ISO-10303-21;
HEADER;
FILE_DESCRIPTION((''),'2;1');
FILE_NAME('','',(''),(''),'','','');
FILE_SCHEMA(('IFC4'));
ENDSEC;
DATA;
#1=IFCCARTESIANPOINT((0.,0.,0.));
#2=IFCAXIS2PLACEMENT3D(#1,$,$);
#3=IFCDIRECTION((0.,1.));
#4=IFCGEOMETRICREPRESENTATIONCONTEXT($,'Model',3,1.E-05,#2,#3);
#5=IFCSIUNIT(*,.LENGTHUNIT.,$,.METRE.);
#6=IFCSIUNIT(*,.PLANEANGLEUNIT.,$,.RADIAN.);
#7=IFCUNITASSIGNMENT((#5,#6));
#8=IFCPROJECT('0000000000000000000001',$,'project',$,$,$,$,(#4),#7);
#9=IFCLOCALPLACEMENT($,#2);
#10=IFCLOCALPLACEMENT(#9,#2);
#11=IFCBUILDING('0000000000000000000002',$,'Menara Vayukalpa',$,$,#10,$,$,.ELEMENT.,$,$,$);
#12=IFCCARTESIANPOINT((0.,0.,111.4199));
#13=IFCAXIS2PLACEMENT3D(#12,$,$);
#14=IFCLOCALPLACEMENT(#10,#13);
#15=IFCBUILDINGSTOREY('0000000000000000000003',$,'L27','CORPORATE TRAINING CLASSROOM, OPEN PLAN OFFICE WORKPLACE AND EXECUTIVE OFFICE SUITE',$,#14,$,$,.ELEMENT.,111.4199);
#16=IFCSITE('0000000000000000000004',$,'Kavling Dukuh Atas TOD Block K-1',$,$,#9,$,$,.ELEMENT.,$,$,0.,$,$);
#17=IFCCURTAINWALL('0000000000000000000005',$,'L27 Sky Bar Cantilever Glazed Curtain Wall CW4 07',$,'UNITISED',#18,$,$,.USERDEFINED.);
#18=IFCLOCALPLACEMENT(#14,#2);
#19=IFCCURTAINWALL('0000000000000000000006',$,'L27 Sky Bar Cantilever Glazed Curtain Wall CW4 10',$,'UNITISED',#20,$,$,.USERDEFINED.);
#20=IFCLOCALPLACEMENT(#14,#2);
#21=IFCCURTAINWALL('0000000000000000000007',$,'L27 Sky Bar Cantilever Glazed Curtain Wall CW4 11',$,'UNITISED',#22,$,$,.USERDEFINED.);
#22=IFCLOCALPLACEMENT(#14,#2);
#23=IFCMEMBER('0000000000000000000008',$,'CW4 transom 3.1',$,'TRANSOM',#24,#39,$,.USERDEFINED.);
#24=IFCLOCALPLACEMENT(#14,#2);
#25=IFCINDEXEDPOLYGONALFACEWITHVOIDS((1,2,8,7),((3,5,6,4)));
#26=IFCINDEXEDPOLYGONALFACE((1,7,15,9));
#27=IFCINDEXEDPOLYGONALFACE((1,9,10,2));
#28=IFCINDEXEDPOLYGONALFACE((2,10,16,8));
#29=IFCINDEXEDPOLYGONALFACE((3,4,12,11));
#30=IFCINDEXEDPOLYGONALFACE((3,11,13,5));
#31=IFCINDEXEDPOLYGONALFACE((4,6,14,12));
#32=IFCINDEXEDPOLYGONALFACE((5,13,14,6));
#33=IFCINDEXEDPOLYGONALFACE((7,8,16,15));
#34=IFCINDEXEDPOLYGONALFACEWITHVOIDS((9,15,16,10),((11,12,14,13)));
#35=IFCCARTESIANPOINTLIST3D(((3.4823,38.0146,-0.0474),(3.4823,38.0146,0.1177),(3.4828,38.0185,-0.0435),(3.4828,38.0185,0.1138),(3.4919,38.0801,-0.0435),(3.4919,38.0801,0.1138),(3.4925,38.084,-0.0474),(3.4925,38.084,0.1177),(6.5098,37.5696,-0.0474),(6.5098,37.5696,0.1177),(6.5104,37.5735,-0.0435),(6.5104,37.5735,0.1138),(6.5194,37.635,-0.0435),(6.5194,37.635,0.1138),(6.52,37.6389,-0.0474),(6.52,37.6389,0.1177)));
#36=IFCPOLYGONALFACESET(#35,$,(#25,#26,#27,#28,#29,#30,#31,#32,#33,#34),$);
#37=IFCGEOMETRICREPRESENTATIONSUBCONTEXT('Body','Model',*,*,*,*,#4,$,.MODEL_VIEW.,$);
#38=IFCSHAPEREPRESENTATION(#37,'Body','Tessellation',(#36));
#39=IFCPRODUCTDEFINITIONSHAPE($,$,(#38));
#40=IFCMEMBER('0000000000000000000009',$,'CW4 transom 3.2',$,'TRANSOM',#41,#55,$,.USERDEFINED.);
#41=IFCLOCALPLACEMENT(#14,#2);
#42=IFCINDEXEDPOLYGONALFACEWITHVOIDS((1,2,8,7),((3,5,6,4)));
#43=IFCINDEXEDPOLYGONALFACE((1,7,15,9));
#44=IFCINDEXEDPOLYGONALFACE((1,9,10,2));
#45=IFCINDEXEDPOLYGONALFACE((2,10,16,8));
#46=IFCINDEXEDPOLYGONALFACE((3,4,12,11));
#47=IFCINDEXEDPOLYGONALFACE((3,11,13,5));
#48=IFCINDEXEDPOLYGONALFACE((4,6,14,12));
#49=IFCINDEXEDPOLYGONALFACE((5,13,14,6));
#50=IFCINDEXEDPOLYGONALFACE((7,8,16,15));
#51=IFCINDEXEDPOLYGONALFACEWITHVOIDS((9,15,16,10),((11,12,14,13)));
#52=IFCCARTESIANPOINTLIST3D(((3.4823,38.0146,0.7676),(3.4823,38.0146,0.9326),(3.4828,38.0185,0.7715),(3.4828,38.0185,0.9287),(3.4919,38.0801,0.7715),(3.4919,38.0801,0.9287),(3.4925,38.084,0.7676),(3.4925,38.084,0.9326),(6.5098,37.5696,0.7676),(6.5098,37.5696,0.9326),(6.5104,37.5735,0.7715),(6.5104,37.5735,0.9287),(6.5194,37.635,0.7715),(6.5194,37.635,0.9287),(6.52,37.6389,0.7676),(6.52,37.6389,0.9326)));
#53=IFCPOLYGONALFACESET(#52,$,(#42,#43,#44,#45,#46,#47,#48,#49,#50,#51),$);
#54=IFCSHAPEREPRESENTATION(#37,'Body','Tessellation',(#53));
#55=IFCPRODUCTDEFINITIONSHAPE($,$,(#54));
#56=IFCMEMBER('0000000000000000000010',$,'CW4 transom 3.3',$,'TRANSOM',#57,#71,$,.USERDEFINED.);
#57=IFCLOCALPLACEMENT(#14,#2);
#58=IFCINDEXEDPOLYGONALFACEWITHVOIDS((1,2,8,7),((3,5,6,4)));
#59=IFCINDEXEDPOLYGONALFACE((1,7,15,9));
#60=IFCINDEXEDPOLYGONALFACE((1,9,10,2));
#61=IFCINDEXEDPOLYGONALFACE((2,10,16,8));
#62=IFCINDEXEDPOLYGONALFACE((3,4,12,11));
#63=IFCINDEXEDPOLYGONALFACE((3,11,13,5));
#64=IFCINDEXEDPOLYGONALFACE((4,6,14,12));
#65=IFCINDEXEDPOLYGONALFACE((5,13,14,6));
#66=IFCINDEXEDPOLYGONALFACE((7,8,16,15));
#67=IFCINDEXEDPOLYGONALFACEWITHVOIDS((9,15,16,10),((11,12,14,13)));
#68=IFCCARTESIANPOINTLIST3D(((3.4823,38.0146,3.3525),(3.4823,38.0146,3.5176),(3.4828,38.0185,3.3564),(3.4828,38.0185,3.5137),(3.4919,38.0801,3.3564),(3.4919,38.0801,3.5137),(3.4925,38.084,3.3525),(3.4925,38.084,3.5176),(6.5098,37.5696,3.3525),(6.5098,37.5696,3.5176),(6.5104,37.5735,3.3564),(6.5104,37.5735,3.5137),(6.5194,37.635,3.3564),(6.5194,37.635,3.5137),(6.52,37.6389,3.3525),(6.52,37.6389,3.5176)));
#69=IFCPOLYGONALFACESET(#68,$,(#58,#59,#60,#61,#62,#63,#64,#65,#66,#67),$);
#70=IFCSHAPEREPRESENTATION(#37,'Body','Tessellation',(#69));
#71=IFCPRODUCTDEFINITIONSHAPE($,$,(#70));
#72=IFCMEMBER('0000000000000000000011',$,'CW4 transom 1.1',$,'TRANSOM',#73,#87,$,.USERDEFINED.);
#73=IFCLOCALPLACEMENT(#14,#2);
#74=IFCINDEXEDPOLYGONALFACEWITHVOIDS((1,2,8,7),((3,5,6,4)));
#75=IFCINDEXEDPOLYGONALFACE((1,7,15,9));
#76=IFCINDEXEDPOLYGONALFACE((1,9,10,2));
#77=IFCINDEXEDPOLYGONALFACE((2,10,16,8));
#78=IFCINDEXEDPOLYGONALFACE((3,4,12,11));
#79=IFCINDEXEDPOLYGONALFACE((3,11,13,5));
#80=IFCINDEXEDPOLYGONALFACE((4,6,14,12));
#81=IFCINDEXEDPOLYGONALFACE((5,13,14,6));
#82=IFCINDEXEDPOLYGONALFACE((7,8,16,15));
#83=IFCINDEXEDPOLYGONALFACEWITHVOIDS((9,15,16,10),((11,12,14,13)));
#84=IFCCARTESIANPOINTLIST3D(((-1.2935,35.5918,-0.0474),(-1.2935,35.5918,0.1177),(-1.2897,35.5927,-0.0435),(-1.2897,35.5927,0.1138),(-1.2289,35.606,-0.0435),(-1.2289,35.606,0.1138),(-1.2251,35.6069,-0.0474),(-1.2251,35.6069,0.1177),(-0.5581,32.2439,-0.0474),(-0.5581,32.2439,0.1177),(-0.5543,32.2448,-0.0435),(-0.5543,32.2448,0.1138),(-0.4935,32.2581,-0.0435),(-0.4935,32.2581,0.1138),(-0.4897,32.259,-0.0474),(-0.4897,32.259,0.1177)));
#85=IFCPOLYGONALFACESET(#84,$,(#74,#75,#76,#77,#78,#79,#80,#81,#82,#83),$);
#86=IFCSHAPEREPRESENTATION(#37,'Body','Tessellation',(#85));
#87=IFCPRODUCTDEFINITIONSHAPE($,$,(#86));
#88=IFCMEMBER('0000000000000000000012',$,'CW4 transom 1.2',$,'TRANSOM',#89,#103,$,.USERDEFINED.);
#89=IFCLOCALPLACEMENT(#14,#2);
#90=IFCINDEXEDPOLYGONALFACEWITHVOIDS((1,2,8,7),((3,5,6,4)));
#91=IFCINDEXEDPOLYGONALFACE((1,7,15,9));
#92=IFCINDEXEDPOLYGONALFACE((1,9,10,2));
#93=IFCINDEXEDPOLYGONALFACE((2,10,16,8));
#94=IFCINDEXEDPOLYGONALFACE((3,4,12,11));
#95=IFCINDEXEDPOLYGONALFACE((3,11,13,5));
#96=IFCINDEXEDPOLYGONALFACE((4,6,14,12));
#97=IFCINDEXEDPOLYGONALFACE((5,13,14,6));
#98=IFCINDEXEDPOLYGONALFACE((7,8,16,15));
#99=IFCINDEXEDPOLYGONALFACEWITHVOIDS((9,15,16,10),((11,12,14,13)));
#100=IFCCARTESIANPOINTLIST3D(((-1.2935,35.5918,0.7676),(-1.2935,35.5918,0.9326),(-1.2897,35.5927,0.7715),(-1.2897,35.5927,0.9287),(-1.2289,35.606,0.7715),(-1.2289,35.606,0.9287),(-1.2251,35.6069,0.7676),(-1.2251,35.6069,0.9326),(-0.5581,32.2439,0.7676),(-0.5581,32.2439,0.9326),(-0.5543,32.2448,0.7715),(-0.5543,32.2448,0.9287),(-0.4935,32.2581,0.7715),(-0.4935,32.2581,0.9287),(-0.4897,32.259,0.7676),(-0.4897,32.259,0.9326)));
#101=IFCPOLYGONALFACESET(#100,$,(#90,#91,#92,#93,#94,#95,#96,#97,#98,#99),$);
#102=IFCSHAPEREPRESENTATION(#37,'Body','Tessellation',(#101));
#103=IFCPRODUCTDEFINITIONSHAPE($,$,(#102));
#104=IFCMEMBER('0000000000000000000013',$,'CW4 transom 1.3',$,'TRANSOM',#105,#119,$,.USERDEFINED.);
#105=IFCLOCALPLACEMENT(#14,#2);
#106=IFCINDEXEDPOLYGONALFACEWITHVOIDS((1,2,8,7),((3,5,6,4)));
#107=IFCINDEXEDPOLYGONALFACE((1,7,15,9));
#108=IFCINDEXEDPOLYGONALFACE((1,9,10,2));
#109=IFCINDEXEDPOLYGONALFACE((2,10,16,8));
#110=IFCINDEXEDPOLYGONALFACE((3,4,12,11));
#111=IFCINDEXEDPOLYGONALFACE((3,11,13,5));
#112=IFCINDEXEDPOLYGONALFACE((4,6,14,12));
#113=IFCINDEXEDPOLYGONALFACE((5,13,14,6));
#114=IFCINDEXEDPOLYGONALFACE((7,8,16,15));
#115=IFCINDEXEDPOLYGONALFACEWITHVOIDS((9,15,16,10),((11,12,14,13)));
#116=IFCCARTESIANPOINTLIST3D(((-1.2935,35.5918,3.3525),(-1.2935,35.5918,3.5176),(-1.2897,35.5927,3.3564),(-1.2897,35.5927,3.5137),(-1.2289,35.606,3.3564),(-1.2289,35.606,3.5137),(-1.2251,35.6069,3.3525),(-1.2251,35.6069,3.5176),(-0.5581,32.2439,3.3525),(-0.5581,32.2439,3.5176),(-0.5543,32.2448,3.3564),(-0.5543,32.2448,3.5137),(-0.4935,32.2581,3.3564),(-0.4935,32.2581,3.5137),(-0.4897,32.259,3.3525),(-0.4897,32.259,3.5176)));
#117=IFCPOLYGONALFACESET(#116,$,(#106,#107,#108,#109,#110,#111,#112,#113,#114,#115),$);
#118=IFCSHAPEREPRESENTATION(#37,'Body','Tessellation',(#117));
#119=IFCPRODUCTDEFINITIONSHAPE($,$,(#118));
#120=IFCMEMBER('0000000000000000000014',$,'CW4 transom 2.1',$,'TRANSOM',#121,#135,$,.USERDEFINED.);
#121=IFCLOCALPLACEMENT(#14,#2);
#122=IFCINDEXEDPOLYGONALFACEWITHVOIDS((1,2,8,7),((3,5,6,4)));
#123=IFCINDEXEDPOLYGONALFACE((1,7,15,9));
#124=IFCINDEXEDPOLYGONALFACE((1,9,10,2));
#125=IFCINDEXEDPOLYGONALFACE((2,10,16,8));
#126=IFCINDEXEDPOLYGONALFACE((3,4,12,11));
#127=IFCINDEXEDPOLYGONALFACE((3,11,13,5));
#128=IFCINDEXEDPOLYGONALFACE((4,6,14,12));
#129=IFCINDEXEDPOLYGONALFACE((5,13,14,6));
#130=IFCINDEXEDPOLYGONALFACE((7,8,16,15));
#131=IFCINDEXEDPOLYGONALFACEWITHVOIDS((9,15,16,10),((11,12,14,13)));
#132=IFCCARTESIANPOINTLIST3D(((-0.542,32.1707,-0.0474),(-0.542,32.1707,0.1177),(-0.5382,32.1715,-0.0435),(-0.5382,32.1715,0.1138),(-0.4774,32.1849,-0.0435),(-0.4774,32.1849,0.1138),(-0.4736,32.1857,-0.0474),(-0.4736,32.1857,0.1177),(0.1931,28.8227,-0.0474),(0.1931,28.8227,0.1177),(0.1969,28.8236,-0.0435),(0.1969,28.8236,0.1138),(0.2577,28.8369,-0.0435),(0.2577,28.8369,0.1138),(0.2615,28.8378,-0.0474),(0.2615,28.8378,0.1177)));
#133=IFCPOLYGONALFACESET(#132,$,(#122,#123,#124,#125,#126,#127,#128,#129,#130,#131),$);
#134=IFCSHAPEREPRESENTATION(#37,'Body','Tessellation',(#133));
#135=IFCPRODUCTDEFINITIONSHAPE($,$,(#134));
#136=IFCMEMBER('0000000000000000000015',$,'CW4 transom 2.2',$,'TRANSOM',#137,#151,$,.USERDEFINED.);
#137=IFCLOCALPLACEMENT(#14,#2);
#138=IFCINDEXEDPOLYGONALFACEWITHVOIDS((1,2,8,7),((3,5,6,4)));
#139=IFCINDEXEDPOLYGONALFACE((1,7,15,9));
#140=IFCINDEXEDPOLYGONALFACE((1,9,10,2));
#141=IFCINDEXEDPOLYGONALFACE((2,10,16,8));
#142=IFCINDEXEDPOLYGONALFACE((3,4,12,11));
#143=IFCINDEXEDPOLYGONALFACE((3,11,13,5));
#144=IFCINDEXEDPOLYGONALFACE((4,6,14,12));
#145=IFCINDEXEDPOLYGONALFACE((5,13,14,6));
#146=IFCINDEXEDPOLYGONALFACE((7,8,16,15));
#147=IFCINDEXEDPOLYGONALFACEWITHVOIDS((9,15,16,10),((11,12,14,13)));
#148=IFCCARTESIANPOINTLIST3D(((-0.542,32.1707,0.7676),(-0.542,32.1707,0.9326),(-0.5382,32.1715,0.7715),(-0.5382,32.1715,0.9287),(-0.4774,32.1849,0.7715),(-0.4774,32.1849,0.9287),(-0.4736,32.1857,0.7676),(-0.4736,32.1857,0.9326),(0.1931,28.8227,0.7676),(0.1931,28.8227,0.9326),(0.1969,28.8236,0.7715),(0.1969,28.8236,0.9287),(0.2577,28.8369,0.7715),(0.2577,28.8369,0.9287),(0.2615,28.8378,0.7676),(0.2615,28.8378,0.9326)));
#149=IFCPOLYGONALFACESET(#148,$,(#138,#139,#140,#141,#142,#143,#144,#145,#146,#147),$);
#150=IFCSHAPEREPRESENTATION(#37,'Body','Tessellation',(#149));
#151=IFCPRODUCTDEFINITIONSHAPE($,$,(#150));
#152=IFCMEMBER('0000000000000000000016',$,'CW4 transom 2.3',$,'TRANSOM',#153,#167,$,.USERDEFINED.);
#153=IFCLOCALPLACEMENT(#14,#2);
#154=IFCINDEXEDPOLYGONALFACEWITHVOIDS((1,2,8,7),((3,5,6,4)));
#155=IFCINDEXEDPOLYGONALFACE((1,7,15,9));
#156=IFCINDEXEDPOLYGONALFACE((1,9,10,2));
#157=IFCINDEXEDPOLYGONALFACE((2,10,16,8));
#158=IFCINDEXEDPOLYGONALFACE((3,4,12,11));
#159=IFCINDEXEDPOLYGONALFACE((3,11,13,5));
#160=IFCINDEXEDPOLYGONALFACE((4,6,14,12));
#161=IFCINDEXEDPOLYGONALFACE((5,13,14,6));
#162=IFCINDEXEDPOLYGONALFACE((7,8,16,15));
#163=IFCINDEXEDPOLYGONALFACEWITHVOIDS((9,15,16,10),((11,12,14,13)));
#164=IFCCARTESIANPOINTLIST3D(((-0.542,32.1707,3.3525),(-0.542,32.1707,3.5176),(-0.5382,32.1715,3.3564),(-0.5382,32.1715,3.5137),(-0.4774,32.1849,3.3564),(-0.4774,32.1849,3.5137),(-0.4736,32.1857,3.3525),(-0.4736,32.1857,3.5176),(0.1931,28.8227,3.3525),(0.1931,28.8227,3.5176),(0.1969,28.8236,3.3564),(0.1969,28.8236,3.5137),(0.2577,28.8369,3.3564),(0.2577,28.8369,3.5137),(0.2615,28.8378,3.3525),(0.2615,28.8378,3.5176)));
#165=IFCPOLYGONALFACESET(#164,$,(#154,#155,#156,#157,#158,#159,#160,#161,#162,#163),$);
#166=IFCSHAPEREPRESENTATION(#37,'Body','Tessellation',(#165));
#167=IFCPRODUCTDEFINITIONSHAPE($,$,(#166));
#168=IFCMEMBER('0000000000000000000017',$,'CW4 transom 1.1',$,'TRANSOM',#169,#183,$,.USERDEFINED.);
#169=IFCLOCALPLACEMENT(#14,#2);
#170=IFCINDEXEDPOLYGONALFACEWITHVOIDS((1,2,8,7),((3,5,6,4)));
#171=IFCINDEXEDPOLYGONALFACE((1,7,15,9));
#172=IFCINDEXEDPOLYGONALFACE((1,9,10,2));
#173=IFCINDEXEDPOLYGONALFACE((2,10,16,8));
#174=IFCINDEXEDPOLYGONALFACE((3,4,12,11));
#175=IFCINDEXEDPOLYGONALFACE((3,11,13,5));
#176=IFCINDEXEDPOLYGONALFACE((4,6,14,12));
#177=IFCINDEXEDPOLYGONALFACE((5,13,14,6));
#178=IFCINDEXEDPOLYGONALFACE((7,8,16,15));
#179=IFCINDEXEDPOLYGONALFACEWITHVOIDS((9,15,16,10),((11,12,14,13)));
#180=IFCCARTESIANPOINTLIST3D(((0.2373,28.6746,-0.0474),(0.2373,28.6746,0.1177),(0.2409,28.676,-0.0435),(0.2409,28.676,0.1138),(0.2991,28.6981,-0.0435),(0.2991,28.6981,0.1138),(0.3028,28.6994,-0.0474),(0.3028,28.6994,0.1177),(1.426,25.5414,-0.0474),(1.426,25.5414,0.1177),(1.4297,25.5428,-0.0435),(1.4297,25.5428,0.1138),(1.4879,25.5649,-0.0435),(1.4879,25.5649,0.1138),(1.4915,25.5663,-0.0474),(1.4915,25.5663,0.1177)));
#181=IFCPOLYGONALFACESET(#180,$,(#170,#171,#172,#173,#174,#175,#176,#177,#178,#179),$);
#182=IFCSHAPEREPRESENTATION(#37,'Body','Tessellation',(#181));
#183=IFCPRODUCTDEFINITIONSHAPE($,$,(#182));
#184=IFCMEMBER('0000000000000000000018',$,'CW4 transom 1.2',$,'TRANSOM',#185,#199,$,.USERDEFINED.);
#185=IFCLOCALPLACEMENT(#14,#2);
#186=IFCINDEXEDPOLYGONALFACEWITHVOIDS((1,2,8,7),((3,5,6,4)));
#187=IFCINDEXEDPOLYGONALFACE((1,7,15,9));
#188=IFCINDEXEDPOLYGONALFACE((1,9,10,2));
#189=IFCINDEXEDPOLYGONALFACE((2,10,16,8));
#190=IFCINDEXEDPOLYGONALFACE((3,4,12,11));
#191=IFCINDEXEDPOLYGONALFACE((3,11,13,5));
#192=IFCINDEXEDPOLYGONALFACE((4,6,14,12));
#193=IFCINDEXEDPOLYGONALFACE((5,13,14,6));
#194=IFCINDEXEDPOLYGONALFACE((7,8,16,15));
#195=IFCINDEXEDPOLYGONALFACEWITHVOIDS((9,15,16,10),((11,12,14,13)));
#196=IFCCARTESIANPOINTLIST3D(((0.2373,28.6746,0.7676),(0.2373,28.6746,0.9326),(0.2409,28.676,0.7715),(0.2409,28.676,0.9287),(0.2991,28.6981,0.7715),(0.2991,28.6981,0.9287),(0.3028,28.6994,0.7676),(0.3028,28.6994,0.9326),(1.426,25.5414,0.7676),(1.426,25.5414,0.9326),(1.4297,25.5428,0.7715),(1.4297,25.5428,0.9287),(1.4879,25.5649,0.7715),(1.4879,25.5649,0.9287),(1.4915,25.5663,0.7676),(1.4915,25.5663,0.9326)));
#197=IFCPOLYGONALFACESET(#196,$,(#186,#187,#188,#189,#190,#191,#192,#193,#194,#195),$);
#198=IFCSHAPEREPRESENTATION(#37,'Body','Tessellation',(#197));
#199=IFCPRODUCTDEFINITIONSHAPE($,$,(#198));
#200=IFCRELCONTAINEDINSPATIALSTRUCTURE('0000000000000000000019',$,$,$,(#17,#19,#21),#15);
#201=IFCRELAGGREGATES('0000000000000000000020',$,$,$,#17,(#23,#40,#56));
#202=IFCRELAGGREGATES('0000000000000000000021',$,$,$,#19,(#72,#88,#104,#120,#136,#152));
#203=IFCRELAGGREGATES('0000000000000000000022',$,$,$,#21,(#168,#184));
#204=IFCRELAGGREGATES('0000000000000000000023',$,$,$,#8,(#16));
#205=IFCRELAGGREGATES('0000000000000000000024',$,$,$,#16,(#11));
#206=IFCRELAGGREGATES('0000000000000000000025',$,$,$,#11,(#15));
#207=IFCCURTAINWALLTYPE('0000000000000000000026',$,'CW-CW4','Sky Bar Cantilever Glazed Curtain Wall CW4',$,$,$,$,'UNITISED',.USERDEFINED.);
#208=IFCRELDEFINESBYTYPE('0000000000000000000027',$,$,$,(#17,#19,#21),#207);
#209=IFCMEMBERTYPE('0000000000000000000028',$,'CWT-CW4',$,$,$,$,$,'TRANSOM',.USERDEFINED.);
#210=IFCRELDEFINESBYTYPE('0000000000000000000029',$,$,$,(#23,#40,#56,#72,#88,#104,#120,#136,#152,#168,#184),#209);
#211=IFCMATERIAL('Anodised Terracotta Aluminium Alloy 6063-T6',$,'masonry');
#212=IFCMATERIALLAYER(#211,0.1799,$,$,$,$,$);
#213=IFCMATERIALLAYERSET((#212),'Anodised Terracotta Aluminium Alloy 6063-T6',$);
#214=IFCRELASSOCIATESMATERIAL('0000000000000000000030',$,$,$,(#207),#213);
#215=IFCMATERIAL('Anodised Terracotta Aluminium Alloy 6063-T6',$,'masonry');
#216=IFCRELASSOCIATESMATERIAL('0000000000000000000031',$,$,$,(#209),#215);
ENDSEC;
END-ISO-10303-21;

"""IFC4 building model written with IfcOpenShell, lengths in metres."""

from ifc_helpers import new_model, si_unit, direction, frame, origin, origin_2d, place, context, subcontext, project, spatial, hollow_rectangle, extrude, material, layer, layer_set, material_profile, profile_set, type_object, element, aggregate, save


model = new_model("IFC4")

# Units and contexts
model_context = context("Model", 3, precision=1e-05, world=origin(), true_north=direction((0.0, 1.0)))
body_context = subcontext(model_context, "Body", "Model", "MODEL_VIEW")
ifc_project = project(units=[si_unit("LENGTHUNIT", "METRE"), si_unit("PLANEANGLEUNIT", "RADIAN")], contexts=[model_context])

# Site, building, storey
site_placement = place(None, origin())
site = spatial("IfcSite", under=ifc_project, at=site_placement, Name="Kavling Dukuh Atas TOD Block K-1", CompositionType="ELEMENT", RefElevation=0.0)
building_placement = place(site_placement, origin())
building = spatial("IfcBuilding", under=site, at=building_placement, Name="Menara Vayukalpa", CompositionType="ELEMENT")
storey_placement = place(building_placement, frame((0.0, 0.0, 111.4199)))
storey = spatial("IfcBuildingStorey", under=building, at=storey_placement, Name="L27", Description="CORPORATE TRAINING CLASSROOM, OPEN PLAN OFFICE WORKPLACE AND EXECUTIVE OFFICE SUITE", CompositionType="ELEMENT", Elevation=111.4199)

# Curtain walls
ifc_material_1 = material(Name="Anodised Terracotta Aluminium Alloy 6063-T6", Category="masonry")
ifc_layer_1 = layer(ifc_material_1, 0.1799)
ifc_layer_set_1 = layer_set([ifc_layer_1], Name="Anodised Terracotta Aluminium Alloy 6063-T6")
curtain_wall_type = type_object("IfcCurtainWallType", Name="CW-CW4", Description="Sky Bar Cantilever Glazed Curtain Wall CW4", ElementType="UNITISED", PredefinedType="USERDEFINED", material=ifc_layer_set_1)
curtain_wall_1_placement = place(storey_placement, origin())
curtain_wall_1 = element("IfcCurtainWall", 1, at=curtain_wall_1_placement, inside=storey, type_object=curtain_wall_type, Name="L27 Sky Bar Cantilever Glazed Curtain Wall CW4 07", ObjectType="UNITISED", PredefinedType="USERDEFINED")
curtain_wall_2_placement = place(storey_placement, origin())
curtain_wall_2 = element("IfcCurtainWall", 2, at=curtain_wall_2_placement, inside=storey, type_object=curtain_wall_type, Name="L27 Sky Bar Cantilever Glazed Curtain Wall CW4 10", ObjectType="UNITISED", PredefinedType="USERDEFINED")
curtain_wall_3_placement = place(storey_placement, origin())
curtain_wall_3 = element("IfcCurtainWall", 3, at=curtain_wall_3_placement, inside=storey, type_object=curtain_wall_type, Name="L27 Sky Bar Cantilever Glazed Curtain Wall CW4 11", ObjectType="UNITISED", PredefinedType="USERDEFINED")

# Members
ifc_material_2 = material(Name="Anodised Terracotta Aluminium Alloy 6063-T6", Category="masonry")
ifc_material_profile_1 = material_profile(ifc_material_2, hollow_rectangle(XDim=0.0701, YDim=0.165, WallThickness=0.0039, at=origin_2d()), Name="ALU 70x165x4")
ifc_profile_set_1 = profile_set([ifc_material_profile_1], Name="Anodised Terracotta Aluminium Alloy 6063-T6")
member_type_1 = type_object("IfcMemberType", Name="CWT-CW4", ElementType="TRANSOM", PredefinedType="USERDEFINED", material=ifc_profile_set_1)
member_1_placement = place(storey_placement, frame((6.5149, 37.6042, 0.0352), z_axis=(-0.989367, 0.145441, 0.0), x_axis=(-0.145441, -0.989367, 0.0)))
member_1 = element("IfcMember", 4, at=member_1_placement, type_object=member_type_1, Name="CW4 transom 3.1", ObjectType="TRANSOM", PredefinedType="USERDEFINED", context=body_context, shape_type="SweptSolid", body=[
    extrude(hollow_rectangle(XDim=0.0701, YDim=0.165, WallThickness=0.0039, at=origin_2d()), origin(), (0.0, 0.0, 1.0), 3.0601),
])
member_2_placement = place(storey_placement, frame((6.5149, 37.6042, 0.8501), z_axis=(-0.989367, 0.145441, 0.0), x_axis=(-0.145441, -0.989367, 0.0)))
member_2 = element("IfcMember", 5, at=member_2_placement, type_object=member_type_1, Name="CW4 transom 3.2", ObjectType="TRANSOM", PredefinedType="USERDEFINED", context=body_context, shape_type="SweptSolid", body=[
    extrude(hollow_rectangle(XDim=0.0701, YDim=0.165, WallThickness=0.0039, at=origin_2d()), origin(), (0.0, 0.0, 1.0), 3.0601),
])
member_3_placement = place(storey_placement, frame((6.5149, 37.6042, 3.4351), z_axis=(-0.989367, 0.145441, 0.0), x_axis=(-0.145441, -0.989367, 0.0)))
member_3 = element("IfcMember", 6, at=member_3_placement, type_object=member_type_1, Name="CW4 transom 3.3", ObjectType="TRANSOM", PredefinedType="USERDEFINED", context=body_context, shape_type="SweptSolid", body=[
    extrude(hollow_rectangle(XDim=0.0701, YDim=0.165, WallThickness=0.0039, at=origin_2d()), origin(), (0.0, 0.0, 1.0), 3.0601),
])
member_4_placement = place(storey_placement, frame((-1.2593, 35.5994, 0.0352), z_axis=(0.214532, -0.976717, 0.0), x_axis=(0.976717, 0.214532, 0.0)))
member_4 = element("IfcMember", 7, at=member_4_placement, type_object=member_type_1, Name="CW4 transom 1.1", ObjectType="TRANSOM", PredefinedType="USERDEFINED", context=body_context, shape_type="SweptSolid", body=[
    extrude(hollow_rectangle(XDim=0.0701, YDim=0.165, WallThickness=0.0039, at=origin_2d()), origin(), (0.0, 0.0, 1.0), 3.4277),
])
member_5_placement = place(storey_placement, frame((-1.2593, 35.5994, 0.8501), z_axis=(0.214532, -0.976717, 0.0), x_axis=(0.976717, 0.214532, 0.0)))
member_5 = element("IfcMember", 8, at=member_5_placement, type_object=member_type_1, Name="CW4 transom 1.2", ObjectType="TRANSOM", PredefinedType="USERDEFINED", context=body_context, shape_type="SweptSolid", body=[
    extrude(hollow_rectangle(XDim=0.0701, YDim=0.165, WallThickness=0.0039, at=origin_2d()), origin(), (0.0, 0.0, 1.0), 3.4277),
])
member_6_placement = place(storey_placement, frame((-1.2593, 35.5994, 3.4351), z_axis=(0.214532, -0.976717, 0.0), x_axis=(0.976717, 0.214532, 0.0)))
member_6 = element("IfcMember", 9, at=member_6_placement, type_object=member_type_1, Name="CW4 transom 1.3", ObjectType="TRANSOM", PredefinedType="USERDEFINED", context=body_context, shape_type="SweptSolid", body=[
    extrude(hollow_rectangle(XDim=0.0701, YDim=0.165, WallThickness=0.0039, at=origin_2d()), origin(), (0.0, 0.0, 1.0), 3.4277),
])
member_7_placement = place(storey_placement, frame((-0.5078, 32.1782, 0.0352), z_axis=(0.214464, -0.976732, 0.0), x_axis=(0.976732, 0.214464, 0.0)))
member_7 = element("IfcMember", 10, at=member_7_placement, type_object=member_type_1, Name="CW4 transom 2.1", ObjectType="TRANSOM", PredefinedType="USERDEFINED", context=body_context, shape_type="SweptSolid", body=[
    extrude(hollow_rectangle(XDim=0.0701, YDim=0.165, WallThickness=0.0039, at=origin_2d()), origin(), (0.0, 0.0, 1.0), 3.4277),
])
member_8_placement = place(storey_placement, frame((-0.5078, 32.1782, 0.8501), z_axis=(0.214464, -0.976732, 0.0), x_axis=(0.976732, 0.214464, 0.0)))
member_8 = element("IfcMember", 11, at=member_8_placement, type_object=member_type_1, Name="CW4 transom 2.2", ObjectType="TRANSOM", PredefinedType="USERDEFINED", context=body_context, shape_type="SweptSolid", body=[
    extrude(hollow_rectangle(XDim=0.0701, YDim=0.165, WallThickness=0.0039, at=origin_2d()), origin(), (0.0, 0.0, 1.0), 3.4277),
])
member_9_placement = place(storey_placement, frame((-0.5078, 32.1782, 3.4351), z_axis=(0.214464, -0.976732, 0.0), x_axis=(0.976732, 0.214464, 0.0)))
member_9 = element("IfcMember", 12, at=member_9_placement, type_object=member_type_1, Name="CW4 transom 2.3", ObjectType="TRANSOM", PredefinedType="USERDEFINED", context=body_context, shape_type="SweptSolid", body=[
    extrude(hollow_rectangle(XDim=0.0701, YDim=0.165, WallThickness=0.0039, at=origin_2d()), origin(), (0.0, 0.0, 1.0), 3.4277),
])
member_10_placement = place(storey_placement, frame((0.27, 28.687, 0.0352), z_axis=(0.354738, -0.934966, 0.0), x_axis=(0.934966, 0.354738, 0.0)))
member_10 = element("IfcMember", 13, at=member_10_placement, type_object=member_type_1, Name="CW4 transom 1.1", ObjectType="TRANSOM", PredefinedType="USERDEFINED", context=body_context, shape_type="SweptSolid", body=[
    extrude(hollow_rectangle(XDim=0.0701, YDim=0.165, WallThickness=0.0039, at=origin_2d()), origin(), (0.0, 0.0, 1.0), 3.3511),
])
member_11_placement = place(storey_placement, frame((0.27, 28.687, 0.8501), z_axis=(0.354738, -0.934966, 0.0), x_axis=(0.934966, 0.354738, 0.0)))
member_11 = element("IfcMember", 14, at=member_11_placement, type_object=member_type_1, Name="CW4 transom 1.2", ObjectType="TRANSOM", PredefinedType="USERDEFINED", context=body_context, shape_type="SweptSolid", body=[
    extrude(hollow_rectangle(XDim=0.0701, YDim=0.165, WallThickness=0.0039, at=origin_2d()), origin(), (0.0, 0.0, 1.0), 3.3511),
])

aggregate(curtain_wall_1, [member_1, member_2, member_3])
aggregate(curtain_wall_2, [member_4, member_5, member_6, member_7, member_8, member_9])
aggregate(curtain_wall_3, [member_10, member_11])

save(model, "model.ifc")
